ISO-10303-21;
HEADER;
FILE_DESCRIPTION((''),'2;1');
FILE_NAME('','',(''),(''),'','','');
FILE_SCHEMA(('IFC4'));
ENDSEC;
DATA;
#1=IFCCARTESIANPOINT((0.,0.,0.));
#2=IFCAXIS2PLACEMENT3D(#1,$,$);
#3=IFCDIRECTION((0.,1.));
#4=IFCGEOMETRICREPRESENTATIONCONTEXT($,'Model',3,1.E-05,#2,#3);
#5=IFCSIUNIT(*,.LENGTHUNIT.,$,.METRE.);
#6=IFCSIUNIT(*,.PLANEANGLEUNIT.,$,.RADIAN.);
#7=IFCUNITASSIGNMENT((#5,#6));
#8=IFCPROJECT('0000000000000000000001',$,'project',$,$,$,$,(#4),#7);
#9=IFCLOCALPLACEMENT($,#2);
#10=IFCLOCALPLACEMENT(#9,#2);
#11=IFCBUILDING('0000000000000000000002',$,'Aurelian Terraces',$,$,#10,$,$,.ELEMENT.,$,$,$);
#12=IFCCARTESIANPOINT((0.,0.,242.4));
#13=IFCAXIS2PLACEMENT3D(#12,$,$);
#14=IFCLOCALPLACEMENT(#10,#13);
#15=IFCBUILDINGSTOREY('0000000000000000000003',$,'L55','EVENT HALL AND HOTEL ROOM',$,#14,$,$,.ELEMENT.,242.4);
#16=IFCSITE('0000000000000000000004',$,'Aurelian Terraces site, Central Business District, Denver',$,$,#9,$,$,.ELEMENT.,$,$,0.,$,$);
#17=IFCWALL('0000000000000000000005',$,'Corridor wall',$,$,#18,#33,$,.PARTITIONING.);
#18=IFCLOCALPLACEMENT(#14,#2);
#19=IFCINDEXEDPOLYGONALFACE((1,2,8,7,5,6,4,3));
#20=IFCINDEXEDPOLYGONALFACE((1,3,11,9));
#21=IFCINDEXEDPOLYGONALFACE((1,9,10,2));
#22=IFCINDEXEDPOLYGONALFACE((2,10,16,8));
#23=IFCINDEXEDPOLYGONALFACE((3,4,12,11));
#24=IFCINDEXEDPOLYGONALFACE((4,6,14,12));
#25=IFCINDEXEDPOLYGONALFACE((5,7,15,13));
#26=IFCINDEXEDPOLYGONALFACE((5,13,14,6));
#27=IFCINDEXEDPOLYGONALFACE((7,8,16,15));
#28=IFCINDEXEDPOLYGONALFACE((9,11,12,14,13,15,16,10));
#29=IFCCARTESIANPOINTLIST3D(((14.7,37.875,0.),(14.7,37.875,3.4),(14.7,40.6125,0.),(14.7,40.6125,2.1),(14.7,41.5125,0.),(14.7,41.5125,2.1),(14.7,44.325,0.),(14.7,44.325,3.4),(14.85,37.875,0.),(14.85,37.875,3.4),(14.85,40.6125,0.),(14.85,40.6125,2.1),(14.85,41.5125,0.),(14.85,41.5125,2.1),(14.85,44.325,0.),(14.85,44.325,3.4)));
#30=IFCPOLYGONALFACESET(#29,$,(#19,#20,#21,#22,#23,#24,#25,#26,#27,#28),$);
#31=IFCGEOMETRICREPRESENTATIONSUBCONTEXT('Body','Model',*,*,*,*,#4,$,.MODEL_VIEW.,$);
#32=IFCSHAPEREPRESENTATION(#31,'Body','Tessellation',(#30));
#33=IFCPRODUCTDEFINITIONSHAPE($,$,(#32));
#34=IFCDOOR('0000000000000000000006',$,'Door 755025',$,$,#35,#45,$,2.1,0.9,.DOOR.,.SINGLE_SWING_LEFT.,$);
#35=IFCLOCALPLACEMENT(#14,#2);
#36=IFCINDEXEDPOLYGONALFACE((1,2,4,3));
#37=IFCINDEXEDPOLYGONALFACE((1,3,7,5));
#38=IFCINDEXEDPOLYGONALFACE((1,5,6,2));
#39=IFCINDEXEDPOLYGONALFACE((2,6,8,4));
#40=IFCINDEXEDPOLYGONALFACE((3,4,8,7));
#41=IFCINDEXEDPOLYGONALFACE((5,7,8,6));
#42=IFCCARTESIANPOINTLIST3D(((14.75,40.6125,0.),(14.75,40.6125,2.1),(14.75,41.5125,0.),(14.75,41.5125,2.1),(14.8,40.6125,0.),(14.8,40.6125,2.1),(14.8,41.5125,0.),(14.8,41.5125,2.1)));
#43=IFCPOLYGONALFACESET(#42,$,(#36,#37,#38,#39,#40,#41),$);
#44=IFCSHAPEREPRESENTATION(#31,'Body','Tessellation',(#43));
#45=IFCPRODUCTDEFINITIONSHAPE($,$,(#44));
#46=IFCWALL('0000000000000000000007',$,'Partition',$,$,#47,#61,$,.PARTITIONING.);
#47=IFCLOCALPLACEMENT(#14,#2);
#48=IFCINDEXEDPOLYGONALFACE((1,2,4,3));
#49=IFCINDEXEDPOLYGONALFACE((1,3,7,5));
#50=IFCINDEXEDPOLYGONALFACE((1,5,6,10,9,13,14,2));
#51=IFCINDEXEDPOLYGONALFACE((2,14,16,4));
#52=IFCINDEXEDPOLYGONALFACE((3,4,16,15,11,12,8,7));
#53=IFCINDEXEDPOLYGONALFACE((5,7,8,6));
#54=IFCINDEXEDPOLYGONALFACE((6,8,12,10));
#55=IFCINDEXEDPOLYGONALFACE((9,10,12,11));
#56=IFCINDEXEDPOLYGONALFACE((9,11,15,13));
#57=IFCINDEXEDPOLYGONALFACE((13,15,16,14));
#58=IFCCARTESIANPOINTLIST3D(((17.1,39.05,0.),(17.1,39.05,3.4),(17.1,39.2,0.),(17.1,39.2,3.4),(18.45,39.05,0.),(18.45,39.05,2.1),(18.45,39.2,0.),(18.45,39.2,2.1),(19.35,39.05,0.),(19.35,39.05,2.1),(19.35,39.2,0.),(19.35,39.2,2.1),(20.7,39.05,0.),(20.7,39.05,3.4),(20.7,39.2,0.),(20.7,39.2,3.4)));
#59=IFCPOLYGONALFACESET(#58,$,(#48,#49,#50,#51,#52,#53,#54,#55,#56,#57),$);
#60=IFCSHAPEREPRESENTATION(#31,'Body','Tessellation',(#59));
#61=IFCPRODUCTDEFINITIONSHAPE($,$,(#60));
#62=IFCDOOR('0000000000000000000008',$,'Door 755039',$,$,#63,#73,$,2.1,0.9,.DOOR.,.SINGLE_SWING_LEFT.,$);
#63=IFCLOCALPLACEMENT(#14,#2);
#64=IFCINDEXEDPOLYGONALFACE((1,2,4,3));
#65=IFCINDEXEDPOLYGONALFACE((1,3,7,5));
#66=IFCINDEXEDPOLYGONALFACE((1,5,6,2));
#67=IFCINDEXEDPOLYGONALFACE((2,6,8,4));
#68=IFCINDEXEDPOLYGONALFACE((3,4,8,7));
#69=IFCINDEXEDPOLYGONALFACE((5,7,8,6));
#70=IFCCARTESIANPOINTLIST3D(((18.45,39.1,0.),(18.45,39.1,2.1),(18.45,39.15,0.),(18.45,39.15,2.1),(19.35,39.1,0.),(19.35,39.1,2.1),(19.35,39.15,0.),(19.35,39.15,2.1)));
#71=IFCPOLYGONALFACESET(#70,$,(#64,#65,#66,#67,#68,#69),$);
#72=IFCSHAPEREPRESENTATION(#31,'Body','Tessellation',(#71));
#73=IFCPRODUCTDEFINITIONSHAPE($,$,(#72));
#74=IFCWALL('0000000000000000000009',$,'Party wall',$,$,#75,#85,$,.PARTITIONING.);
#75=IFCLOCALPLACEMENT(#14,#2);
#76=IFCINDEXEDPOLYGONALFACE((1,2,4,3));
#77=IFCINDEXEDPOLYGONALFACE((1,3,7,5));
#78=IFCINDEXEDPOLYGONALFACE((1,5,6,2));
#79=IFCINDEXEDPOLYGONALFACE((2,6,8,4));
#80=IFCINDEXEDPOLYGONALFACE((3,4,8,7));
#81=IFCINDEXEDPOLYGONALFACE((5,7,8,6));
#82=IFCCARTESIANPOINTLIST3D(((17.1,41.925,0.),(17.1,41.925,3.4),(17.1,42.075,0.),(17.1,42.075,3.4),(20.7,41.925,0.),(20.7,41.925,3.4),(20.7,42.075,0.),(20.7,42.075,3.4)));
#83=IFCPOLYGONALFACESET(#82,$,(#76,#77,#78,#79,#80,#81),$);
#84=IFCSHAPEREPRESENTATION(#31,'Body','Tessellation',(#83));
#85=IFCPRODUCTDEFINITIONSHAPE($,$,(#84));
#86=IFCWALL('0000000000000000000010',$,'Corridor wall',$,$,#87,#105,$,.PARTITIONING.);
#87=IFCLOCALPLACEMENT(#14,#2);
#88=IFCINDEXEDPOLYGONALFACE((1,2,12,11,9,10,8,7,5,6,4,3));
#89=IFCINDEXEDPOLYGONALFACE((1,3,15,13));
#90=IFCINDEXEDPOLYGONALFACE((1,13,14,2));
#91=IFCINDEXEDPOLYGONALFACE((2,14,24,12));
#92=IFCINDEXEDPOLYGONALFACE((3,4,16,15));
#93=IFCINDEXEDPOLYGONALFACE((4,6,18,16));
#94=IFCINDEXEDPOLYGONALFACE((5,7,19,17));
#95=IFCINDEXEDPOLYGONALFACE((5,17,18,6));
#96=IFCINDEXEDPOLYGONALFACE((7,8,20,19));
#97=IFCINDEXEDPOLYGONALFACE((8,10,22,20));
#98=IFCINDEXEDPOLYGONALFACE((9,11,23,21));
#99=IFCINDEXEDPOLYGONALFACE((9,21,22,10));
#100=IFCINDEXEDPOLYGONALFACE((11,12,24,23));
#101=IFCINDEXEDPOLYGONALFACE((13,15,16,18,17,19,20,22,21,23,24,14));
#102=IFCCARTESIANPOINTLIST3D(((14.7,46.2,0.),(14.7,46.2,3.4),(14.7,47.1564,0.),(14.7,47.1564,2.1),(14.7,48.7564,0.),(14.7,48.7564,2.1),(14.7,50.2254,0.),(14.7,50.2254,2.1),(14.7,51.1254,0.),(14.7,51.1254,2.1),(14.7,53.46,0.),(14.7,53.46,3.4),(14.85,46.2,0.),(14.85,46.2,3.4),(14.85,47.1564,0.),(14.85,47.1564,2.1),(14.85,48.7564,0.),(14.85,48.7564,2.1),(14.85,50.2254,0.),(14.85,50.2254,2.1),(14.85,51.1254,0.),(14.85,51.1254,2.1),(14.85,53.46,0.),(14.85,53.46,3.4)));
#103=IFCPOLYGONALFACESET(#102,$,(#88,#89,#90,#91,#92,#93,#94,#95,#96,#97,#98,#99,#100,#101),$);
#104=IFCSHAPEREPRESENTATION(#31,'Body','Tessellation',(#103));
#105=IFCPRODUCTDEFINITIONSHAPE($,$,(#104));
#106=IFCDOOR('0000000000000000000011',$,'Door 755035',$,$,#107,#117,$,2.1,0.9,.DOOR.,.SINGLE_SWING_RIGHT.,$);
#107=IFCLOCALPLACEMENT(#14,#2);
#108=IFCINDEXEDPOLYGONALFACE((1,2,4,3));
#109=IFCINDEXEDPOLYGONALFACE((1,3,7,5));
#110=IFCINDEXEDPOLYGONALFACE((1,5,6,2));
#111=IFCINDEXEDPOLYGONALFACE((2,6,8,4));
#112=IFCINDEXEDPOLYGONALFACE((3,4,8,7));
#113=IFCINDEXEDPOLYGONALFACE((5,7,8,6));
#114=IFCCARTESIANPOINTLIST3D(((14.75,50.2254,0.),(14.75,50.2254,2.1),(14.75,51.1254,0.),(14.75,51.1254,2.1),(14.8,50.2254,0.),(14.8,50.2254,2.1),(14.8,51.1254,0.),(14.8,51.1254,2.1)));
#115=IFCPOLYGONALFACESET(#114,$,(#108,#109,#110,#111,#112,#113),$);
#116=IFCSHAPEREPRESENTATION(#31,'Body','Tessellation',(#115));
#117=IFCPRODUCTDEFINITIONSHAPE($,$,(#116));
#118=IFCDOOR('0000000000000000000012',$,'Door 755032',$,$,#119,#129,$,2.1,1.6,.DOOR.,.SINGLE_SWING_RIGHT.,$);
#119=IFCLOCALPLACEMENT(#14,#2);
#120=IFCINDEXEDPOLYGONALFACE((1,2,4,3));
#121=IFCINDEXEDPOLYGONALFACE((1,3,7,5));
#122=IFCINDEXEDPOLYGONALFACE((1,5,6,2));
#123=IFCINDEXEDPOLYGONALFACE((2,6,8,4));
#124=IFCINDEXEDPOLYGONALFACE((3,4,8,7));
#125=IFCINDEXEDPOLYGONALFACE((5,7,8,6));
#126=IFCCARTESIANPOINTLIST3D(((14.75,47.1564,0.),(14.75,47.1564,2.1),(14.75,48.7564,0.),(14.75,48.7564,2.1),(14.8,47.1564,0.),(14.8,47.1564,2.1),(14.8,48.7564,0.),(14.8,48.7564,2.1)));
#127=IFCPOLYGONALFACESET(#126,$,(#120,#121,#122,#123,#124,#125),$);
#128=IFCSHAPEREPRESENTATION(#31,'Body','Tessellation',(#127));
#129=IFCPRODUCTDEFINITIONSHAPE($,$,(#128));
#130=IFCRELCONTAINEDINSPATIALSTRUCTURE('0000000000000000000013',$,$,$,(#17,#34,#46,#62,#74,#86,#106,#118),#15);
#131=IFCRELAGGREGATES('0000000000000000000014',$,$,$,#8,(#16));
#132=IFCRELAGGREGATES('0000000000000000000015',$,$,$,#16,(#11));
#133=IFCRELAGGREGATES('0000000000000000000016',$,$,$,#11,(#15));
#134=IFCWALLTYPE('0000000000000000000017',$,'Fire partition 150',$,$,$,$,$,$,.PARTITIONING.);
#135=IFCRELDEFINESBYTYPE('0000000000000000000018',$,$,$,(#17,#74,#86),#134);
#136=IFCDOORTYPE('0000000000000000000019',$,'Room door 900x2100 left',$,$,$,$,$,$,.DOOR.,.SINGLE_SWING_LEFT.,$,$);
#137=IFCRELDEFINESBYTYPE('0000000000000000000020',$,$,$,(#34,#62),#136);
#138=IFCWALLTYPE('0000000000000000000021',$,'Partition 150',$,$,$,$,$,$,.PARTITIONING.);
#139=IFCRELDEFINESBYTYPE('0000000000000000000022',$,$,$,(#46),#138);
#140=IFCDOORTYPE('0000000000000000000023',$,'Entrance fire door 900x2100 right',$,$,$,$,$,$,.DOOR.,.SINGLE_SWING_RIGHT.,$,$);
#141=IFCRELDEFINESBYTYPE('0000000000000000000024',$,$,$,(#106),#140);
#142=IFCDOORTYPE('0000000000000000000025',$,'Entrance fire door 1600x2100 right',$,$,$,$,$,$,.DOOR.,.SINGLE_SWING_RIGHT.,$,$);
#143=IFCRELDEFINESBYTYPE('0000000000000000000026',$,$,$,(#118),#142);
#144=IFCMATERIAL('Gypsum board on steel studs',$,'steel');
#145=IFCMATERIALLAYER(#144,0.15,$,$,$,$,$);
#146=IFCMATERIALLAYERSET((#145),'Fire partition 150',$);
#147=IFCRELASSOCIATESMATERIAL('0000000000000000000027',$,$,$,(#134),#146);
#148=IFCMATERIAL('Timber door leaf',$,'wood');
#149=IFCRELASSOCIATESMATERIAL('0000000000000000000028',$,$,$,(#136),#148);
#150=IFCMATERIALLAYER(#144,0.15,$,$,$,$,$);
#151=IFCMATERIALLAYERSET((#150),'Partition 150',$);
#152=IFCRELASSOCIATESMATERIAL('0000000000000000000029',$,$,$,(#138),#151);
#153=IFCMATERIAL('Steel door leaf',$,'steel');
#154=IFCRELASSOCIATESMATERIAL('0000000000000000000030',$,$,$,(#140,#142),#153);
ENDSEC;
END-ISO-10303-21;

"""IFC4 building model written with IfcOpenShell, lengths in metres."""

from ifc_helpers import new_model, si_unit, direction, frame, frame_2d, origin, place, context, subcontext, project, spatial, rectangle, extrude, source, transform, mapped, material, layer, layer_set, type_object, element, fill, save


model = new_model("IFC4")

# Units and contexts
model_context = context("Model", 3, precision=1e-05, world=origin(), true_north=direction((0.0, 1.0)))
body_context = subcontext(model_context, "Body", "Model", "MODEL_VIEW")
ifc_project = project(units=[si_unit("LENGTHUNIT", "METRE"), si_unit("PLANEANGLEUNIT", "RADIAN")], contexts=[model_context])

# Site, building, storey
site_placement = place(None, origin())
site = spatial("IfcSite", under=ifc_project, at=site_placement, Name="Aurelian Terraces site, Central Business District, Denver", CompositionType="ELEMENT", RefElevation=0.0)
building_placement = place(site_placement, origin())
building = spatial("IfcBuilding", under=site, at=building_placement, Name="Aurelian Terraces", CompositionType="ELEMENT")
storey_placement = place(building_placement, frame((0.0, 0.0, 242.4)))
storey = spatial("IfcBuildingStorey", under=building, at=storey_placement, Name="L55", Description="EVENT HALL AND HOTEL ROOM", CompositionType="ELEMENT", Elevation=242.4)

# Walls, openings, doors
ifc_material_1 = material(Name="Gypsum board on steel studs", Category="steel")
ifc_layer_1 = layer(ifc_material_1, 0.15)
ifc_layer_set_1 = layer_set([ifc_layer_1], Name="Fire partition 150")
wall_type_1 = type_object("IfcWallType", Name="Fire partition 150", PredefinedType="PARTITIONING", material=ifc_layer_set_1)
shared_shape_1 = source(origin(), body_context, "Body", "SweptSolid", [
    extrude(rectangle(XDim=6.45, YDim=0.15, at=frame_2d((3.225, 0.0))), origin(), (0.0, 0.0, 1.0), 3.4),
])
wall_1_placement = place(storey_placement, frame((14.775, 37.875, 0.0), z_axis=(0.0, 0.0, 1.0), x_axis=(0.0, 1.0, 0.0)))
wall_1 = element("IfcWall", 1, at=wall_1_placement, inside=storey, type_object=wall_type_1, Name="Corridor wall", PredefinedType="PARTITIONING", context=body_context, shape_type="MappedRepresentation", body=[
    mapped(shared_shape_1, transform((0.0, 0.0, 0.0), scale=1.0)),
])
shared_shape_2 = source(origin(), body_context, "Body", "SweptSolid", [
    extrude(rectangle(XDim=0.9, YDim=2.1, at=frame_2d((0.45, 1.05))), frame((0.0, 0.085, 0.0), z_axis=(0.0, -1.0, 0.0), x_axis=(1.0, 0.0, 0.0)), (0.0, 0.0, 1.0), 0.17),
])
opening_1_placement = place(wall_1_placement, frame((2.7375, 0.0, 0.0)))
opening_1 = element("IfcOpeningElement", 2, at=opening_1_placement, cuts=wall_1, PredefinedType="OPENING", context=body_context, shape_type="MappedRepresentation", body=[
    mapped(shared_shape_2, transform((0.0, 0.0, 0.0), scale=1.0)),
])
ifc_material_2 = material(Name="Timber door leaf", Category="wood")
door_type_1 = type_object("IfcDoorType", Name="Room door 900x2100 left", OperationType="SINGLE_SWING_LEFT", PredefinedType="DOOR", material=ifc_material_2)
shared_shape_3 = source(origin(), body_context, "Body", "SweptSolid", [
    extrude(rectangle(XDim=0.9, YDim=2.1, at=frame_2d((0.45, 1.05))), frame((0.0, 0.025, 0.0), z_axis=(0.0, -1.0, 0.0), x_axis=(1.0, 0.0, 0.0)), (0.0, 0.0, 1.0), 0.05),
])
door_1_placement = place(opening_1_placement, origin())
door_1 = element("IfcDoor", 3, at=door_1_placement, inside=storey, type_object=door_type_1, Name="Door 755025", OperationType="SINGLE_SWING_LEFT", OverallHeight=2.1, OverallWidth=0.9, PredefinedType="DOOR", context=body_context, shape_type="MappedRepresentation", body=[
    mapped(shared_shape_3, transform((0.0, 0.0, 0.0), scale=1.0)),
])
fill(opening_1, door_1)
ifc_layer_2 = layer(ifc_material_1, 0.15)
ifc_layer_set_2 = layer_set([ifc_layer_2], Name="Partition 150")
wall_type_2 = type_object("IfcWallType", Name="Partition 150", PredefinedType="PARTITIONING", material=ifc_layer_set_2)
shared_shape_4 = source(origin(), body_context, "Body", "SweptSolid", [
    extrude(rectangle(XDim=3.6, YDim=0.15, at=frame_2d((1.8, 0.0))), origin(), (0.0, 0.0, 1.0), 3.4),
])
wall_2_placement = place(storey_placement, frame((17.1, 39.125, 0.0), z_axis=(0.0, 0.0, 1.0), x_axis=(1.0, 0.0, 0.0)))
wall_2 = element("IfcWall", 4, at=wall_2_placement, inside=storey, type_object=wall_type_2, Name="Partition", PredefinedType="PARTITIONING", context=body_context, shape_type="MappedRepresentation", body=[
    mapped(shared_shape_4, transform((0.0, 0.0, 0.0), scale=1.0)),
])
opening_2_placement = place(wall_2_placement, frame((1.35, 0.0, 0.0)))
opening_2 = element("IfcOpeningElement", 5, at=opening_2_placement, cuts=wall_2, PredefinedType="OPENING", context=body_context, shape_type="MappedRepresentation", body=[
    mapped(shared_shape_2, transform((0.0, 0.0, 0.0), scale=1.0)),
])
door_2_placement = place(opening_2_placement, origin())
door_2 = element("IfcDoor", 6, at=door_2_placement, inside=storey, type_object=door_type_1, Name="Door 755039", OperationType="SINGLE_SWING_LEFT", OverallHeight=2.1, OverallWidth=0.9, PredefinedType="DOOR", context=body_context, shape_type="MappedRepresentation", body=[
    mapped(shared_shape_3, transform((0.0, 0.0, 0.0), scale=1.0)),
])
fill(opening_2, door_2)

# Wall
wall_3_placement = place(storey_placement, frame((20.7, 42.0, 0.0), z_axis=(0.0, 0.0, 1.0), x_axis=(-1.0, 0.0, 0.0)))
element("IfcWall", 7, at=wall_3_placement, inside=storey, type_object=wall_type_1, Name="Party wall", PredefinedType="PARTITIONING", context=body_context, shape_type="MappedRepresentation", body=[
    mapped(shared_shape_4, transform((0.0, 0.0, 0.0), scale=1.0)),
])

# Wall, openings, doors
shared_shape_5 = source(origin(), body_context, "Body", "SweptSolid", [
    extrude(rectangle(XDim=7.26, YDim=0.15, at=frame_2d((3.63, 0.0))), origin(), (0.0, 0.0, 1.0), 3.4),
])
wall_4_placement = place(storey_placement, frame((14.775, 46.2, 0.0), z_axis=(0.0, 0.0, 1.0), x_axis=(0.0, 1.0, 0.0)))
wall_4 = element("IfcWall", 8, at=wall_4_placement, inside=storey, type_object=wall_type_1, Name="Corridor wall", PredefinedType="PARTITIONING", context=body_context, shape_type="MappedRepresentation", body=[
    mapped(shared_shape_5, transform((0.0, 0.0, 0.0), scale=1.0)),
])
shared_shape_6 = source(origin(), body_context, "Body", "SweptSolid", [
    extrude(rectangle(XDim=1.6, YDim=2.1, at=frame_2d((0.8, 1.05))), frame((0.0, 0.085, 0.0), z_axis=(0.0, -1.0, 0.0), x_axis=(1.0, 0.0, 0.0)), (0.0, 0.0, 1.0), 0.17),
])
opening_3_placement = place(wall_4_placement, frame((0.9564, 0.0, 0.0)))
opening_3 = element("IfcOpeningElement", 9, at=opening_3_placement, cuts=wall_4, PredefinedType="OPENING", context=body_context, shape_type="MappedRepresentation", body=[
    mapped(shared_shape_6, transform((0.0, 0.0, 0.0), scale=1.0)),
])
opening_4_placement = place(wall_4_placement, frame((4.0254, 0.0, 0.0)))
opening_4 = element("IfcOpeningElement", 10, at=opening_4_placement, cuts=wall_4, PredefinedType="OPENING", context=body_context, shape_type="MappedRepresentation", body=[
    mapped(shared_shape_2, transform((0.0, 0.0, 0.0), scale=1.0)),
])
ifc_material_3 = material(Name="Steel door leaf", Category="steel")
door_type_2 = type_object("IfcDoorType", Name="Entrance fire door 900x2100 right", OperationType="SINGLE_SWING_RIGHT", PredefinedType="DOOR", material=ifc_material_3)
door_3_placement = place(opening_4_placement, origin())
door_3 = element("IfcDoor", 11, at=door_3_placement, inside=storey, type_object=door_type_2, Name="Door 755035", OperationType="SINGLE_SWING_RIGHT", OverallHeight=2.1, OverallWidth=0.9, PredefinedType="DOOR", context=body_context, shape_type="MappedRepresentation", body=[
    mapped(shared_shape_3, transform((0.0, 0.0, 0.0), scale=1.0)),
])
fill(opening_4, door_3)
door_type_3 = type_object("IfcDoorType", Name="Entrance fire door 1600x2100 right", OperationType="SINGLE_SWING_RIGHT", PredefinedType="DOOR", material=ifc_material_3)
shared_shape_7 = source(origin(), body_context, "Body", "SweptSolid", [
    extrude(rectangle(XDim=1.6, YDim=2.1, at=frame_2d((0.8, 1.05))), frame((0.0, 0.025, 0.0), z_axis=(0.0, -1.0, 0.0), x_axis=(1.0, 0.0, 0.0)), (0.0, 0.0, 1.0), 0.05),
])
door_4_placement = place(opening_3_placement, origin())
door_4 = element("IfcDoor", 12, at=door_4_placement, inside=storey, type_object=door_type_3, Name="Door 755032", OperationType="SINGLE_SWING_RIGHT", OverallHeight=2.1, OverallWidth=1.6, PredefinedType="DOOR", context=body_context, shape_type="MappedRepresentation", body=[
    mapped(shared_shape_7, transform((0.0, 0.0, 0.0), scale=1.0)),
])
fill(opening_3, door_4)

save(model, "model.ifc")
